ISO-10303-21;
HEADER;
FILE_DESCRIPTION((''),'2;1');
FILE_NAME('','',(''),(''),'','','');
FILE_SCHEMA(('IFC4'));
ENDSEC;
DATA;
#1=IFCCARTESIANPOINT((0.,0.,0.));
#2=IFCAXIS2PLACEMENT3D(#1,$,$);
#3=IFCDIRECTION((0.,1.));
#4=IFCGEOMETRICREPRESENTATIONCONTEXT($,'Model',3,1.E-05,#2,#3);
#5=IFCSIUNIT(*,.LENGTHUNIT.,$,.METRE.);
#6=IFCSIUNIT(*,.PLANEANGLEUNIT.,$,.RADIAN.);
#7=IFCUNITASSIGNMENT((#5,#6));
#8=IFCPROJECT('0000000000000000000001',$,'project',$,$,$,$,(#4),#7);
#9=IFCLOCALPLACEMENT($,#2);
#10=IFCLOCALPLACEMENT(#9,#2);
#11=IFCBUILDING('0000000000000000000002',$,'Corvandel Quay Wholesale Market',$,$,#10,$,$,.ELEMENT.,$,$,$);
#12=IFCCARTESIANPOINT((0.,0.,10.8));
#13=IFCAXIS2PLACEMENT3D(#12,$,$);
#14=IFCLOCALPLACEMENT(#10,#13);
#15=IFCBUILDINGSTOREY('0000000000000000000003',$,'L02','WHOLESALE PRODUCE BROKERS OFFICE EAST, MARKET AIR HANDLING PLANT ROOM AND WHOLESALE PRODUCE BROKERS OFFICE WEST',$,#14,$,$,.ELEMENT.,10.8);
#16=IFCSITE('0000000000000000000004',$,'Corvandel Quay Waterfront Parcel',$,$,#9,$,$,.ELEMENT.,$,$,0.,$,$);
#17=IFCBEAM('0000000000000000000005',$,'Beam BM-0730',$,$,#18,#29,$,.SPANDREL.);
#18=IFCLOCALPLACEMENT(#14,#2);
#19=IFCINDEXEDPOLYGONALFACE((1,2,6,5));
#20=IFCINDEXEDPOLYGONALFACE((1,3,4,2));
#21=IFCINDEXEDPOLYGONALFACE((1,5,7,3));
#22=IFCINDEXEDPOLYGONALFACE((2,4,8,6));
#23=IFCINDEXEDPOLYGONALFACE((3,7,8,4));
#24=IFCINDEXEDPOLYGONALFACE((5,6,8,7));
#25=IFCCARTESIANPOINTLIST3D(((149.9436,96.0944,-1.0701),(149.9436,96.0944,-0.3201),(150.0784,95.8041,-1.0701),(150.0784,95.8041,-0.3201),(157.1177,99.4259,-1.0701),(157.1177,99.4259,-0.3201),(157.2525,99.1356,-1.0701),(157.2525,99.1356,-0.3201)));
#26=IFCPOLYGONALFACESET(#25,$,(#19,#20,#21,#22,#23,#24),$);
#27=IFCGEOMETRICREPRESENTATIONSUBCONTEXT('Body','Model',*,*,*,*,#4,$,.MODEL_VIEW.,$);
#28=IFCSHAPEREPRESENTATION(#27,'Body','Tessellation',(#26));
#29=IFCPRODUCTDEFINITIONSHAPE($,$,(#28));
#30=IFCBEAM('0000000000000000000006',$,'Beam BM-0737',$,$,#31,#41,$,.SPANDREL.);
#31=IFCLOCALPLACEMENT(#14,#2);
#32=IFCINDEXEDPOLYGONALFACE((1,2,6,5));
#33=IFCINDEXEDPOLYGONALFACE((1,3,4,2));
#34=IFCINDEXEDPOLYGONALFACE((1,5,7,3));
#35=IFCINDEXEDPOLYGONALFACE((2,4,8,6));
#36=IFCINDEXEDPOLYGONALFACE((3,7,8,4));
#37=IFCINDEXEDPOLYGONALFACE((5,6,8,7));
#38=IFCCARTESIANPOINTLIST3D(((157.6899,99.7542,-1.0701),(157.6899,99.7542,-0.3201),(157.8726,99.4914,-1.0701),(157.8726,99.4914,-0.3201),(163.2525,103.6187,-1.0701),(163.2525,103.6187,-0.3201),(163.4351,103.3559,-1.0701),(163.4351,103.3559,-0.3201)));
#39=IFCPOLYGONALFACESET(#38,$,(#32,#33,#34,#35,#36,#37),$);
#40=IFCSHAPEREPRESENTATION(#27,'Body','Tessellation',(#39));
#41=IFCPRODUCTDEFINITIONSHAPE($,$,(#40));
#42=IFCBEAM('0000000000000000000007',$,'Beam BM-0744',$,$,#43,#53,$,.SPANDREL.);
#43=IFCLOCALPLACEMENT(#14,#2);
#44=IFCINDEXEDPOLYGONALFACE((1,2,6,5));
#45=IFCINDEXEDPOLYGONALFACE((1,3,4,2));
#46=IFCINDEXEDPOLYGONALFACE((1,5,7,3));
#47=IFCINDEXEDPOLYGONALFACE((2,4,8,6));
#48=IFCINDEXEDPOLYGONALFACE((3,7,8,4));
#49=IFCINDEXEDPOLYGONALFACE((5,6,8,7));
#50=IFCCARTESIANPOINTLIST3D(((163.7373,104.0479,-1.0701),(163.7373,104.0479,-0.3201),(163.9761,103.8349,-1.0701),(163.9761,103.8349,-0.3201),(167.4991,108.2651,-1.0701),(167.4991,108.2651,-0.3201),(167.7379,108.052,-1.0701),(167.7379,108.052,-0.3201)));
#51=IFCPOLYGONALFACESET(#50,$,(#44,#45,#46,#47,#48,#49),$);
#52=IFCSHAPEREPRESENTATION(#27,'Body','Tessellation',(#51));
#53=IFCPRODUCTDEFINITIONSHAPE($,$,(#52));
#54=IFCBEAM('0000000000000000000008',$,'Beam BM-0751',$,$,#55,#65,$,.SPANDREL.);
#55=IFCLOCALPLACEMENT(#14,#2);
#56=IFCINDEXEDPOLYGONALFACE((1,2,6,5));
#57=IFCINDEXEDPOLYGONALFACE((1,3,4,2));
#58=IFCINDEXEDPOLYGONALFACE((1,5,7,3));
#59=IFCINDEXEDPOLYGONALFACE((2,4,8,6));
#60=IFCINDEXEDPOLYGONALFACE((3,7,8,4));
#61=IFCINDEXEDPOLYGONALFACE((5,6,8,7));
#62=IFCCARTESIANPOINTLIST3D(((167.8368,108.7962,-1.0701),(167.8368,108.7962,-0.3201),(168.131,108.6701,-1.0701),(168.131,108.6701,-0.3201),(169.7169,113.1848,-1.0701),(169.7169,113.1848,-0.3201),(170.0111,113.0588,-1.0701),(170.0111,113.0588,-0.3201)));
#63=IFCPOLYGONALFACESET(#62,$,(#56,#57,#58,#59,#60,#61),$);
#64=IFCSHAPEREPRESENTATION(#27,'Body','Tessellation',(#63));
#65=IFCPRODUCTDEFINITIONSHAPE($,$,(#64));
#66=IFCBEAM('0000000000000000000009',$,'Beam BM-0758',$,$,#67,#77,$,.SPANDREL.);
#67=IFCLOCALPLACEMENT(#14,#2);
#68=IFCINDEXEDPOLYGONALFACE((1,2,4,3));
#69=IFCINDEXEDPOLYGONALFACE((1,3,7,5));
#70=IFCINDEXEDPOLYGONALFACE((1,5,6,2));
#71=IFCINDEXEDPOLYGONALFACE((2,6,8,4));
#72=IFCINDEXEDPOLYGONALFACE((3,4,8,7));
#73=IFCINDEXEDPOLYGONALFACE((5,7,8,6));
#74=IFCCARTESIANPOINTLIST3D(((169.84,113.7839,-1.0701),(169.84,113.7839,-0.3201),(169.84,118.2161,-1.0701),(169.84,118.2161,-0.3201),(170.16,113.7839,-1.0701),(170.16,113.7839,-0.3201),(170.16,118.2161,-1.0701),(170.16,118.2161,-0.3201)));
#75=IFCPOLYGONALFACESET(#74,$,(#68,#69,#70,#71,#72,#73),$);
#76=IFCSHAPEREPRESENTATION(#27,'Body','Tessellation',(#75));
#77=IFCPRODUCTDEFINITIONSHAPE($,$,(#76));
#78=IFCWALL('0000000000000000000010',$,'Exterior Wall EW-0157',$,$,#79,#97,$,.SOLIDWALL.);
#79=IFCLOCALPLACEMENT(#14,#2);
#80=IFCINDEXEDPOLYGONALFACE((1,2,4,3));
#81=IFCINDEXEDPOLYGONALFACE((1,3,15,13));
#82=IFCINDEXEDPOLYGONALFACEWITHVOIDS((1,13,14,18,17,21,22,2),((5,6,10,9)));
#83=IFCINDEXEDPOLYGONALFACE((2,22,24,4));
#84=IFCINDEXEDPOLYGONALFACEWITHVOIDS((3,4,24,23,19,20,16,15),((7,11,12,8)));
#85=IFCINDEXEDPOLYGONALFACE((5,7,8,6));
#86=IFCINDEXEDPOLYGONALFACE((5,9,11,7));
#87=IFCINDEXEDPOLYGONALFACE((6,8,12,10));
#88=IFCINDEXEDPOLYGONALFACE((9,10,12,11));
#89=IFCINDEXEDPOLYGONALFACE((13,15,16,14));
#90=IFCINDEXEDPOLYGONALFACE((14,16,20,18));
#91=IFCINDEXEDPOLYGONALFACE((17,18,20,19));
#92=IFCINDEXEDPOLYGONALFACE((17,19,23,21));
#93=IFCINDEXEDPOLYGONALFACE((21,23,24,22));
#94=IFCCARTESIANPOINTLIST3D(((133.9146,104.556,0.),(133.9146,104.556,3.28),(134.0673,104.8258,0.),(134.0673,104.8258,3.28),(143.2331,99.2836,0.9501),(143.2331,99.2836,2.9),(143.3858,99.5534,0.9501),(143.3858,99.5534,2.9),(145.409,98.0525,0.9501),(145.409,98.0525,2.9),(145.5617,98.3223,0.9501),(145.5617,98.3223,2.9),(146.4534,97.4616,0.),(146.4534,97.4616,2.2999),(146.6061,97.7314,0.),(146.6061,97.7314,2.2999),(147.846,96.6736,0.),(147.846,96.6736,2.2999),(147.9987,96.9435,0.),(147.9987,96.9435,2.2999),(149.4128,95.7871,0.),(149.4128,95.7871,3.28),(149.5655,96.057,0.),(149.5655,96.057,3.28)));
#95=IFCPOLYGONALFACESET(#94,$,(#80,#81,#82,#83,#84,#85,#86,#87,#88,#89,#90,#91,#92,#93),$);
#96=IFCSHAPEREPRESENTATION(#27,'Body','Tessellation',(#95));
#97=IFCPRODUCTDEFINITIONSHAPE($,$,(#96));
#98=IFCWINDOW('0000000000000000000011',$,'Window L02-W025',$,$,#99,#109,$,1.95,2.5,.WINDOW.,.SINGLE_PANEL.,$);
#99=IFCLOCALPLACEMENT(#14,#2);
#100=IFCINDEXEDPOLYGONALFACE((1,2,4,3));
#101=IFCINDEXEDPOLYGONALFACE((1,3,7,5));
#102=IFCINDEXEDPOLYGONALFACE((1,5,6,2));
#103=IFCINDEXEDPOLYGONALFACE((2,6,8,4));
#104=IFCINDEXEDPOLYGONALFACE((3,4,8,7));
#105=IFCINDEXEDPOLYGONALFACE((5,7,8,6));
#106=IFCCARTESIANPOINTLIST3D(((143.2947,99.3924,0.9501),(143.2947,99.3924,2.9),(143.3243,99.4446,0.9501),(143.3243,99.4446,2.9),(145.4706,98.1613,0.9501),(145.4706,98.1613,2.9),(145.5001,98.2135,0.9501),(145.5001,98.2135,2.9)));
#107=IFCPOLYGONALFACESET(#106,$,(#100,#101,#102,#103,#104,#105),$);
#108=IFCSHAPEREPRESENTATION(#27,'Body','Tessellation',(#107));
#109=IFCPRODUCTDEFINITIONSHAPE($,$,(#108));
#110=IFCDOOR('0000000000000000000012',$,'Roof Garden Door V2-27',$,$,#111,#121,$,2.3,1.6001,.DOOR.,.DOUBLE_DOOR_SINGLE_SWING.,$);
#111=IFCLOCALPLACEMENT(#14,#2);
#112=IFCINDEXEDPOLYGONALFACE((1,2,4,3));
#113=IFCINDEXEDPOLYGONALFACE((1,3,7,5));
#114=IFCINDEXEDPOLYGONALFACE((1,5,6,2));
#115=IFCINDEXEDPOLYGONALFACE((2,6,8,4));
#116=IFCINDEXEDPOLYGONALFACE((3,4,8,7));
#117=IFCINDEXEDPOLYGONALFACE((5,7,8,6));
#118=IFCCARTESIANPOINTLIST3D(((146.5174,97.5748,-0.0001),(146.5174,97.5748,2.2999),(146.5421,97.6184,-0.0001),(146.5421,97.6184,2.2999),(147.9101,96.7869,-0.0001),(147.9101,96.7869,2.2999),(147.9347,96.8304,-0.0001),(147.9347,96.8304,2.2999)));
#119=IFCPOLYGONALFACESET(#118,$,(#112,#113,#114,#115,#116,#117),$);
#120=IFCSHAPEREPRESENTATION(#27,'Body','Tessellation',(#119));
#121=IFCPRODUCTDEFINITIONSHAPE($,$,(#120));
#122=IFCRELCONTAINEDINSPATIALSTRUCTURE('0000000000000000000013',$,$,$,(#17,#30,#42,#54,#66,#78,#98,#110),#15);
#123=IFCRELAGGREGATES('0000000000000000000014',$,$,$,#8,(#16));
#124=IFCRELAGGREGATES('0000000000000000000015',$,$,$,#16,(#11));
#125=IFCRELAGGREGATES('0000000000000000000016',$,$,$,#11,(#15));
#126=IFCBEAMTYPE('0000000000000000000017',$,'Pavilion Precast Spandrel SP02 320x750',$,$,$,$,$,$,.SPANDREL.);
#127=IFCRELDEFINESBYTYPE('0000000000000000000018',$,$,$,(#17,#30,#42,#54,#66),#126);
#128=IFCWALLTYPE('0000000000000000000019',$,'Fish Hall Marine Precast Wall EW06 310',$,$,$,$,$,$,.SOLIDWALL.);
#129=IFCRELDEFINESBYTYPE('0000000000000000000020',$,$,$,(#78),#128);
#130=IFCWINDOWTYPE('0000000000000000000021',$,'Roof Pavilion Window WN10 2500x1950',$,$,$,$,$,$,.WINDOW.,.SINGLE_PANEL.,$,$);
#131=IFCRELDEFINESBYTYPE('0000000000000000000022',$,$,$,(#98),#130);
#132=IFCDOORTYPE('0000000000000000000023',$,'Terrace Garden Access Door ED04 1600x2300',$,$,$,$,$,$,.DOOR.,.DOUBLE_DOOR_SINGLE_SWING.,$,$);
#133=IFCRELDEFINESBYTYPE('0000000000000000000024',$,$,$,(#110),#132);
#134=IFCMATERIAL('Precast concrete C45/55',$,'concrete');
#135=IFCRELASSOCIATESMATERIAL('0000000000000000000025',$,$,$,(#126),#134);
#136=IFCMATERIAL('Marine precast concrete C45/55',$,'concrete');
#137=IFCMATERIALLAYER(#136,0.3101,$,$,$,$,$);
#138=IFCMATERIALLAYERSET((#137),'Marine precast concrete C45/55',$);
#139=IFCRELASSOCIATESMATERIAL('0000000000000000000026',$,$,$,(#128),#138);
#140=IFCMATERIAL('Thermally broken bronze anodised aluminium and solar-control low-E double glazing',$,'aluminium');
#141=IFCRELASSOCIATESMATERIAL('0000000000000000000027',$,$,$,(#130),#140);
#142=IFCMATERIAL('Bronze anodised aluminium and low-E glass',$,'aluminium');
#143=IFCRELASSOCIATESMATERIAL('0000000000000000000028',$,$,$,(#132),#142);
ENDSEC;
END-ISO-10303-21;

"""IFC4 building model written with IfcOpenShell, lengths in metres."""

from ifc_helpers import new_model, si_unit, direction, frame, frame_2d, origin, origin_2d, place, context, subcontext, project, spatial, rectangle, extrude, material, layer, layer_set, material_profile, profile_set, type_object, element, fill, save


model = new_model("IFC4")

# Units and contexts
model_context = context("Model", 3, precision=1e-05, world=origin(), true_north=direction((0.0, 1.0)))
body_context = subcontext(model_context, "Body", "Model", "MODEL_VIEW")
ifc_project = project(units=[si_unit("LENGTHUNIT", "METRE"), si_unit("PLANEANGLEUNIT", "RADIAN")], contexts=[model_context])

# Site, building, storey
site_placement = place(None, origin())
site = spatial("IfcSite", under=ifc_project, at=site_placement, Name="Corvandel Quay Waterfront Parcel", CompositionType="ELEMENT", RefElevation=0.0)
building_placement = place(site_placement, origin())
building = spatial("IfcBuilding", under=site, at=building_placement, Name="Corvandel Quay Wholesale Market", CompositionType="ELEMENT")
storey_placement = place(building_placement, frame((0.0, 0.0, 10.8)))
storey = spatial("IfcBuildingStorey", under=building, at=storey_placement, Name="L02", Description="WHOLESALE PRODUCE BROKERS OFFICE EAST, MARKET AIR HANDLING PLANT ROOM AND WHOLESALE PRODUCE BROKERS OFFICE WEST", CompositionType="ELEMENT", Elevation=10.8)

# Beams
ifc_material_1 = material(Name="Precast concrete C45/55", Category="concrete")
ifc_material_profile_1 = material_profile(ifc_material_1, rectangle(XDim=0.3201, YDim=0.75, at=origin_2d()), Name="PC-SPN-320x750")
ifc_profile_set_1 = profile_set([ifc_material_profile_1], Name="Precast concrete C45/55")
beam_type_1 = type_object("IfcBeamType", Name="Pavilion Precast Spandrel SP02 320x750", PredefinedType="SPANDREL", material=ifc_profile_set_1)
beam_1_placement = place(storey_placement, frame((150.011, 95.9492, -0.6951), z_axis=(0.906974, 0.421187, 0.0), x_axis=(-0.421187, 0.906974, 0.0)))
element("IfcBeam", 1, at=beam_1_placement, inside=storey, type_object=beam_type_1, Name="Beam BM-0730", PredefinedType="SPANDREL", context=body_context, shape_type="SweptSolid", body=[
    extrude(rectangle(XDim=0.3201, YDim=0.75, at=origin_2d()), origin(), (0.0, 0.0, 1.0), 7.9099),
])
beam_2_placement = place(storey_placement, frame((157.7812, 99.6228, -0.6951), z_axis=(0.821255, 0.570561, 0.0), x_axis=(-0.570561, 0.821255, 0.0)))
element("IfcBeam", 2, at=beam_2_placement, inside=storey, type_object=beam_type_1, Name="Beam BM-0737", PredefinedType="SPANDREL", context=body_context, shape_type="SweptSolid", body=[
    extrude(rectangle(XDim=0.3201, YDim=0.75, at=origin_2d()), origin(), (0.0, 0.0, 1.0), 6.7732),
])
beam_3_placement = place(storey_placement, frame((163.8567, 103.9414, -0.6951), z_axis=(0.665671, 0.746245, 0.0), x_axis=(-0.746245, 0.665671, 0.0)))
element("IfcBeam", 3, at=beam_3_placement, inside=storey, type_object=beam_type_1, Name="Beam BM-0744", PredefinedType="SPANDREL", context=body_context, shape_type="SweptSolid", body=[
    extrude(rectangle(XDim=0.3201, YDim=0.75, at=origin_2d()), origin(), (0.0, 0.0, 1.0), 5.6511),
])
beam_4_placement = place(storey_placement, frame((167.9839, 108.7332, -0.6951), z_axis=(0.39379, 0.919201, 0.0), x_axis=(-0.919201, 0.39379, 0.0)))
element("IfcBeam", 4, at=beam_4_placement, inside=storey, type_object=beam_type_1, Name="Beam BM-0751", PredefinedType="SPANDREL", context=body_context, shape_type="SweptSolid", body=[
    extrude(rectangle(XDim=0.3201, YDim=0.75, at=origin_2d()), origin(), (0.0, 0.0, 1.0), 4.7744),
])
beam_5_placement = place(storey_placement, frame((170.0, 113.7839, -0.6951), z_axis=(0.0, 1.0, 0.0), x_axis=(-1.0, 0.0, 0.0)))
element("IfcBeam", 5, at=beam_5_placement, inside=storey, type_object=beam_type_1, Name="Beam BM-0758", PredefinedType="SPANDREL", context=body_context, shape_type="SweptSolid", body=[
    extrude(rectangle(XDim=0.3201, YDim=0.75, at=origin_2d()), origin(), (0.0, 0.0, 1.0), 4.4321),
])

# Wall, openings, window, door
ifc_material_2 = material(Name="Marine precast concrete C45/55", Category="concrete")
ifc_layer_1 = layer(ifc_material_2, 0.3101)
ifc_layer_set_1 = layer_set([ifc_layer_1], Name="Marine precast concrete C45/55")
wall_type = type_object("IfcWallType", Name="Fish Hall Marine Precast Wall EW06 310", PredefinedType="SOLIDWALL", material=ifc_layer_set_1)
wall_placement = place(storey_placement, frame((149.489, 95.9221, 0.0), z_axis=(0.0, 0.0, 1.0), x_axis=(-0.870345, 0.492442, 0.0)))
wall = element("IfcWall", 6, at=wall_placement, inside=storey, type_object=wall_type, Name="Exterior Wall EW-0157", PredefinedType="SOLIDWALL", context=body_context, shape_type="SweptSolid", body=[
    extrude(rectangle(XDim=17.8069, YDim=0.3101, at=frame_2d((8.9033, 0.0))), origin(), (0.0, 0.0, 1.0), 3.28),
])
opening_1_placement = place(wall_placement, frame((1.8, 0.0, 0.0)))
opening_1 = element("IfcOpeningElement", 7, at=opening_1_placement, cuts=wall, PredefinedType="OPENING", context=body_context, shape_type="SweptSolid", body=[
    extrude(rectangle(XDim=1.6001, YDim=2.3, at=frame_2d((0.8, 1.1499))), frame((0.0, 0.165, 0.0), z_axis=(0.0, -1.0, 0.0), x_axis=(1.0, 0.0, 0.0)), (0.0, 0.0, 1.0), 0.3301),
])
opening_2_placement = place(wall_placement, frame((4.6001, 0.0, 0.95)))
opening_2 = element("IfcOpeningElement", 8, at=opening_2_placement, cuts=wall, PredefinedType="OPENING", context=body_context, shape_type="SweptSolid", body=[
    extrude(rectangle(XDim=2.5, YDim=1.95, at=frame_2d((1.25, 0.9751))), frame((0.0, 0.165, 0.0), z_axis=(0.0, -1.0, 0.0), x_axis=(1.0, 0.0, 0.0)), (0.0, 0.0, 1.0), 0.3301),
])
ifc_material_3 = material(Name="Thermally broken bronze anodised aluminium and solar-control low-E double glazing", Category="aluminium")
window_type = type_object("IfcWindowType", Name="Roof Pavilion Window WN10 2500x1950", PartitioningType="SINGLE_PANEL", PredefinedType="WINDOW", material=ifc_material_3)
window_placement = place(opening_2_placement, origin())
window = element("IfcWindow", 9, at=window_placement, inside=storey, type_object=window_type, Name="Window L02-W025", OverallHeight=1.95, OverallWidth=2.5, PartitioningType="SINGLE_PANEL", PredefinedType="WINDOW", context=body_context, shape_type="SweptSolid", body=[
    extrude(rectangle(XDim=2.5, YDim=1.95, at=frame_2d((1.25, 0.9751))), frame((0.0, 0.03, 0.0), z_axis=(0.0, -1.0, 0.0), x_axis=(1.0, 0.0, 0.0)), (0.0, 0.0, 1.0), 0.0601),
])
fill(opening_2, window)
ifc_material_4 = material(Name="Bronze anodised aluminium and low-E glass", Category="aluminium")
door_type = type_object("IfcDoorType", Name="Terrace Garden Access Door ED04 1600x2300", OperationType="DOUBLE_DOOR_SINGLE_SWING", PredefinedType="DOOR", material=ifc_material_4)
door_placement = place(opening_1_placement, origin())
door = element("IfcDoor", 10, at=door_placement, inside=storey, type_object=door_type, Name="Roof Garden Door V2-27", OperationType="DOUBLE_DOOR_SINGLE_SWING", OverallHeight=2.3, OverallWidth=1.6001, PredefinedType="DOOR", context=body_context, shape_type="SweptSolid", body=[
    extrude(rectangle(XDim=1.6001, YDim=2.3, at=frame_2d((0.8, 1.1499))), frame((0.0, 0.0249, 0.0), z_axis=(0.0, -1.0, 0.0), x_axis=(1.0, 0.0, 0.0)), (0.0, 0.0, 1.0), 0.05),
])
fill(opening_1, door)

save(model, "model.ifc")
